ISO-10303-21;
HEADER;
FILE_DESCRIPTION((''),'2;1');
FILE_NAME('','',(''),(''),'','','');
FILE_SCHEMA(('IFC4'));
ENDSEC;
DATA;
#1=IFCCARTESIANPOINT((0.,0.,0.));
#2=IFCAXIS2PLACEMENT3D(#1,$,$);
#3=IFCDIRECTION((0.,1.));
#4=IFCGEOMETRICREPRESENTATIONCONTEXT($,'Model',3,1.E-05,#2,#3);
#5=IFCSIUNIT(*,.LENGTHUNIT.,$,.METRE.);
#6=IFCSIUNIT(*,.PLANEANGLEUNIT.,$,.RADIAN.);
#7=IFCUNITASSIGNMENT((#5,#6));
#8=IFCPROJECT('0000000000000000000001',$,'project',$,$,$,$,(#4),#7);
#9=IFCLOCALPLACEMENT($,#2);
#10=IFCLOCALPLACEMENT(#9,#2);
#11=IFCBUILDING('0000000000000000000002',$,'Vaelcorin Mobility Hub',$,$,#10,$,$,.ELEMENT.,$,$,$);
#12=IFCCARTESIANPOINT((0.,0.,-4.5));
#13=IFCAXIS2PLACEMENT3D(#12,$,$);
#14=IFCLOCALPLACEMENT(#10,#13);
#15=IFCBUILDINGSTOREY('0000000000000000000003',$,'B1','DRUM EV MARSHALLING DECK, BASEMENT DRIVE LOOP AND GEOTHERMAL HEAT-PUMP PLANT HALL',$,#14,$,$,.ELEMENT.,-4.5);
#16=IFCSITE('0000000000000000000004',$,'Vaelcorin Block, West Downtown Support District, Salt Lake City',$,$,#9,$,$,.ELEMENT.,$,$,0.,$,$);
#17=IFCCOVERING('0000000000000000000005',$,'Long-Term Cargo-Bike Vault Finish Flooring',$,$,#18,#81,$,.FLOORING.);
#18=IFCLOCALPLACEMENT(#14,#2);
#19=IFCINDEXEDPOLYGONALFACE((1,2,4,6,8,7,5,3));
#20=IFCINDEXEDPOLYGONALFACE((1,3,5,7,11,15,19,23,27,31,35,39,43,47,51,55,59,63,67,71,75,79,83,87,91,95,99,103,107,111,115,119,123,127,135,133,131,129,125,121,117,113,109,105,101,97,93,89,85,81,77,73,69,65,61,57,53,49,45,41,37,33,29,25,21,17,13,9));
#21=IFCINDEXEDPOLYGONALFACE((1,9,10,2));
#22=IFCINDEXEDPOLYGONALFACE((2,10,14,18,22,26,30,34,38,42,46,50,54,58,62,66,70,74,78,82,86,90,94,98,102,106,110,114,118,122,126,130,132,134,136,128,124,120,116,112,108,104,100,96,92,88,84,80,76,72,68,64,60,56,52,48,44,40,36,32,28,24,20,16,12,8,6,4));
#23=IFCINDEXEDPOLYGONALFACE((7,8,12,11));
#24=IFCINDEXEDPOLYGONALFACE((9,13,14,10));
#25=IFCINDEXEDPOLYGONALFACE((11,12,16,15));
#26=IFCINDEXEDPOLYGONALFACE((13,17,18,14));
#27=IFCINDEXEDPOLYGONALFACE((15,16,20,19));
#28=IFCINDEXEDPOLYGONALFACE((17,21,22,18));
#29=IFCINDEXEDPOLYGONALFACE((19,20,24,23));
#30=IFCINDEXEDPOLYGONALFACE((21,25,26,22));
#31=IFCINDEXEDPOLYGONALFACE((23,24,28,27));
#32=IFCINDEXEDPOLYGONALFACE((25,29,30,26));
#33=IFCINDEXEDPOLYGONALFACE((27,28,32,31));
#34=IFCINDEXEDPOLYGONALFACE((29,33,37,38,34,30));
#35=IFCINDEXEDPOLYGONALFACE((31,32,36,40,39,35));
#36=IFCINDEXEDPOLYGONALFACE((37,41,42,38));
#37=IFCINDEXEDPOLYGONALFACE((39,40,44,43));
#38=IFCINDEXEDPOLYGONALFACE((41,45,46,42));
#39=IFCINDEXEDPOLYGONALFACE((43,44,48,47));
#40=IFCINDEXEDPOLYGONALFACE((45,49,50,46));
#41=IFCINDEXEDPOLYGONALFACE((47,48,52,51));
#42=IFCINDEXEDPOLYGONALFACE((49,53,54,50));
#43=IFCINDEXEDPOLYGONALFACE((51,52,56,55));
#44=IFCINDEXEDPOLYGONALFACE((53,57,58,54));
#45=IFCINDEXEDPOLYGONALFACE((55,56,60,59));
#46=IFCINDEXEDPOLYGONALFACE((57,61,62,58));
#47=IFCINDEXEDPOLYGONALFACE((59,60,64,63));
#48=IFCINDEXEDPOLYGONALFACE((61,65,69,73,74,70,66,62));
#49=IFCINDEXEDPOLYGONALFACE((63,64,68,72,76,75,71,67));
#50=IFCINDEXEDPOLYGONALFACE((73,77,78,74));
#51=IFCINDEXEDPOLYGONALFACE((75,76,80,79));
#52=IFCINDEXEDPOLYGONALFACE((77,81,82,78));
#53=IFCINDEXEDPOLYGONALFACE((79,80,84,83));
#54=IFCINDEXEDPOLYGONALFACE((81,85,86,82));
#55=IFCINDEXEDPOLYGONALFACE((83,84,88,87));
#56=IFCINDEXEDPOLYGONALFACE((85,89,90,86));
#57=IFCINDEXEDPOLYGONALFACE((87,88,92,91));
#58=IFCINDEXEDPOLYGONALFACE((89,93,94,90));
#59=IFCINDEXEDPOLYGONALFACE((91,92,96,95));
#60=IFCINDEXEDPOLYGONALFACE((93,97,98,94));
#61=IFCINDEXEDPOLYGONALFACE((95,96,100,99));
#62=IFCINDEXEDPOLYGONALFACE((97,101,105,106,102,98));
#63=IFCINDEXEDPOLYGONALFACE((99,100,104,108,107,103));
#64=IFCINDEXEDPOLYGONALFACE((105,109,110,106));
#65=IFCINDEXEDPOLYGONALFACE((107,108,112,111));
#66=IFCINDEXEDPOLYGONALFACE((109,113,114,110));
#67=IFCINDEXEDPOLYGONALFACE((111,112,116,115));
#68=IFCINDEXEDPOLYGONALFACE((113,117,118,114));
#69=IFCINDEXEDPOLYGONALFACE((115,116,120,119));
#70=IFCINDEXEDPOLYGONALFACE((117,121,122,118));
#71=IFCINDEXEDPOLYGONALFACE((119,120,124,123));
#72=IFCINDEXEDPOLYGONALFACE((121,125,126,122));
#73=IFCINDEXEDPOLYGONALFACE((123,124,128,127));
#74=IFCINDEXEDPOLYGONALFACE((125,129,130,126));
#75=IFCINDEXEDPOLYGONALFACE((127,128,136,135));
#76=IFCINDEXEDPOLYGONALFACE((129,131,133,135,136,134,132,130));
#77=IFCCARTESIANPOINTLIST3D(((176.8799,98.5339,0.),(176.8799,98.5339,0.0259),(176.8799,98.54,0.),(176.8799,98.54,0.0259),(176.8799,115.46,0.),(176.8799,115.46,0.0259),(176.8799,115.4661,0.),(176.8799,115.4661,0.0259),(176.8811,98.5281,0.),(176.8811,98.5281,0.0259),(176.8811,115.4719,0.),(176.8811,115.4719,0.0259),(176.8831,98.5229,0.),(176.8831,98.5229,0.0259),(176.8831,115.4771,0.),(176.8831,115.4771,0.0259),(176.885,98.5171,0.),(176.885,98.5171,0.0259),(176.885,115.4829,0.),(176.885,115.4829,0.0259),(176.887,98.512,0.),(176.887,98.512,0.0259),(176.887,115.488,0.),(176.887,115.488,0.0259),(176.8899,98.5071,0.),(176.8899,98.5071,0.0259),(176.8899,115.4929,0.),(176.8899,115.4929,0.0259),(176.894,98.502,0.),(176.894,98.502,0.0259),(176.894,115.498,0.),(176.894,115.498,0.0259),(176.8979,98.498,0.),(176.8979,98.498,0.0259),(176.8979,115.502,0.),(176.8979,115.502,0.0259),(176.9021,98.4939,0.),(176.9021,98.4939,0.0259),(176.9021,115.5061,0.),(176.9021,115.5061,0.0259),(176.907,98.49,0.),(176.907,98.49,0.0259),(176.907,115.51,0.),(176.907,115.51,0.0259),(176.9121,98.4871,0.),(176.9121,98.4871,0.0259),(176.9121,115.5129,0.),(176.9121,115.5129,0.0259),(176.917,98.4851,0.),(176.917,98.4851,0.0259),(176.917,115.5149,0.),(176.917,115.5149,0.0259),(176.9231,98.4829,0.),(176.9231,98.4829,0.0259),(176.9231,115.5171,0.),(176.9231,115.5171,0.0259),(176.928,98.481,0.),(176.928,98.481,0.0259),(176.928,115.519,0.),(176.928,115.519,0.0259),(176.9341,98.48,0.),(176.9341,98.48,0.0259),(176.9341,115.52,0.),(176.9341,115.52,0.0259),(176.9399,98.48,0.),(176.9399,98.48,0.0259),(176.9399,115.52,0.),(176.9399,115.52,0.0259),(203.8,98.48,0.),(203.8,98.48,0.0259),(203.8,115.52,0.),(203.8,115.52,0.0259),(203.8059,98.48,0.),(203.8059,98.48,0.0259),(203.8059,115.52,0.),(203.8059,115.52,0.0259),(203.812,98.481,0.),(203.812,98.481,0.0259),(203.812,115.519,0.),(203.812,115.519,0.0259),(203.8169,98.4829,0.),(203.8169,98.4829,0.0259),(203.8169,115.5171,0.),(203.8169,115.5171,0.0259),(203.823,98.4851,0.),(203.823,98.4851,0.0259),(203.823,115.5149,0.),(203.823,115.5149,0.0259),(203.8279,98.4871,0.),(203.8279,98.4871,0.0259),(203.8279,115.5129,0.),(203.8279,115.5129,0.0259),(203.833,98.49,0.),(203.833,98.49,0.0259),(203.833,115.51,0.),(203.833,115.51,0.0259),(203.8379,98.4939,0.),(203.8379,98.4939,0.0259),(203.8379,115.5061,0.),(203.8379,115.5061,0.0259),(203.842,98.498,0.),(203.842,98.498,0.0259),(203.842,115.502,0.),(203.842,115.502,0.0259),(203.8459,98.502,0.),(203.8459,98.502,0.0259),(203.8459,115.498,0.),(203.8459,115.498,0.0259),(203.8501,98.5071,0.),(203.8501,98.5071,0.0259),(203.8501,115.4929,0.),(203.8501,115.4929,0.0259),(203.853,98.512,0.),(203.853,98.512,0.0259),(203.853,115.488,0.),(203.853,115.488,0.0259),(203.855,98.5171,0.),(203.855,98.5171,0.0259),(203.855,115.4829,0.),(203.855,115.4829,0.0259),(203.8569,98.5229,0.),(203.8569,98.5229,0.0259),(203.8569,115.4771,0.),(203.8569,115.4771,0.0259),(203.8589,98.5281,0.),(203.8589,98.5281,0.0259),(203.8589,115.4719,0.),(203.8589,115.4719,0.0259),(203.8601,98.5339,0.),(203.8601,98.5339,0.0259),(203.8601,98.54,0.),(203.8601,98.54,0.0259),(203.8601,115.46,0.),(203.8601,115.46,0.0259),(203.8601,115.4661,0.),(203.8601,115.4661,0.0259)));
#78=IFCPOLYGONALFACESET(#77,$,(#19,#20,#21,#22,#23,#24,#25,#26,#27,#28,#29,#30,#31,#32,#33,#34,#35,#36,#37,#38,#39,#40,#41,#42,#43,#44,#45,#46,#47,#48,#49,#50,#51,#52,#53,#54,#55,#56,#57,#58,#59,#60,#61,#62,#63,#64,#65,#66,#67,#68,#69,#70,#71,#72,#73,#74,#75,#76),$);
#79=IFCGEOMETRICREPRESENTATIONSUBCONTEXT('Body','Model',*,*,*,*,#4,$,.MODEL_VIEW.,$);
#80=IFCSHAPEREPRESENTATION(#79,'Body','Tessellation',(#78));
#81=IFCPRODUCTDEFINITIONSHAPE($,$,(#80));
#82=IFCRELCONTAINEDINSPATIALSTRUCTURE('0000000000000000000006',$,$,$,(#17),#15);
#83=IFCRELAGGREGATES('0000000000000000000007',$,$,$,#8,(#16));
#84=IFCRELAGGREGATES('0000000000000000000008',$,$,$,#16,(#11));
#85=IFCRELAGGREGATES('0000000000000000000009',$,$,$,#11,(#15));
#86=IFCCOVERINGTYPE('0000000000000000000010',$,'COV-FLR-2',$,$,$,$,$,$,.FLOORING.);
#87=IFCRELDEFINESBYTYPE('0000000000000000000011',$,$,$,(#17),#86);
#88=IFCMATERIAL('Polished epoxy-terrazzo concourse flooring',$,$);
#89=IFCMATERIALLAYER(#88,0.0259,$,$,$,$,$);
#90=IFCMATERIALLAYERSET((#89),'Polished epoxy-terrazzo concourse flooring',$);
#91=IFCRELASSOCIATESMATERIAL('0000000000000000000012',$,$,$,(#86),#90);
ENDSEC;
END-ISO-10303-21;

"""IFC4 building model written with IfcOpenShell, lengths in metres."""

from ifc_helpers import new_model, si_unit, direction, frame, origin, place, context, subcontext, project, spatial, polyline, outline, extrude, material, layer, layer_set, type_object, element, save


model = new_model("IFC4")

# Units and contexts
model_context = context("Model", 3, precision=1e-05, world=origin(), true_north=direction((0.0, 1.0)))
body_context = subcontext(model_context, "Body", "Model", "MODEL_VIEW")
ifc_project = project(units=[si_unit("LENGTHUNIT", "METRE"), si_unit("PLANEANGLEUNIT", "RADIAN")], contexts=[model_context])

# Site, building, storey
site_placement = place(None, origin())
site = spatial("IfcSite", under=ifc_project, at=site_placement, Name="Vaelcorin Block, West Downtown Support District, Salt Lake City", CompositionType="ELEMENT", RefElevation=0.0)
building_placement = place(site_placement, origin())
building = spatial("IfcBuilding", under=site, at=building_placement, Name="Vaelcorin Mobility Hub", CompositionType="ELEMENT")
storey_placement = place(building_placement, frame((0.0, 0.0, -4.5)))
storey = spatial("IfcBuildingStorey", under=building, at=storey_placement, Name="B1", Description="DRUM EV MARSHALLING DECK, BASEMENT DRIVE LOOP AND GEOTHERMAL HEAT-PUMP PLANT HALL", CompositionType="ELEMENT", Elevation=-4.5)

# Covering
ifc_material_1 = material(Name="Polished epoxy-terrazzo concourse flooring")
ifc_layer_1 = layer(ifc_material_1, 0.0259)
ifc_layer_set_1 = layer_set([ifc_layer_1], Name="Polished epoxy-terrazzo concourse flooring")
covering_type = type_object("IfcCoveringType", Name="COV-FLR-2", PredefinedType="FLOORING", material=ifc_layer_set_1)
covering_placement = place(storey_placement, origin())
element("IfcCovering", 1, at=covering_placement, inside=storey, type_object=covering_type, Name="Long-Term Cargo-Bike Vault Finish Flooring", PredefinedType="FLOORING", context=body_context, shape_type="SweptSolid", body=[
    extrude(outline(polyline([(176.9399, 98.48), (176.9341, 98.48), (176.928, 98.481), (176.9231, 98.4829), (176.917, 98.4851), (176.9121, 98.4871), (176.907, 98.49), (176.9021, 98.4939), (176.8979, 98.498), (176.894, 98.502), (176.8899, 98.5071), (176.887, 98.512), (176.885, 98.5171), (176.8831, 98.5229), (176.8811, 98.5281), (176.8799, 98.5339), (176.8799, 98.54), (176.8799, 115.46), (176.8799, 115.4661), (176.8811, 115.4719), (176.8831, 115.4771), (176.885, 115.4829), (176.887, 115.488), (176.8899, 115.4929), (176.894, 115.498), (176.8979, 115.502), (176.9021, 115.5061), (176.907, 115.51), (176.9121, 115.5129), (176.917, 115.5149), (176.9231, 115.5171), (176.928, 115.519), (176.9341, 115.52), (176.9399, 115.52), (203.8, 115.52), (203.8059, 115.52), (203.812, 115.519), (203.8169, 115.5171), (203.823, 115.5149), (203.8279, 115.5129), (203.833, 115.51), (203.8379, 115.5061), (203.842, 115.502), (203.8459, 115.498), (203.8501, 115.4929), (203.853, 115.488), (203.855, 115.4829), (203.8569, 115.4771), (203.8589, 115.4719), (203.8601, 115.4661), (203.8601, 115.46), (203.8601, 98.54), (203.8601, 98.5339), (203.8589, 98.5281), (203.8569, 98.5229), (203.855, 98.5171), (203.853, 98.512), (203.8501, 98.5071), (203.8459, 98.502), (203.842, 98.498), (203.8379, 98.4939), (203.833, 98.49), (203.8279, 98.4871), (203.823, 98.4851), (203.8169, 98.4829), (203.812, 98.481), (203.8059, 98.48), (203.8, 98.48), (176.9399, 98.48)])), origin(), (0.0, 0.0, 1.0), 0.0259),
])

save(model, "model.ifc")
